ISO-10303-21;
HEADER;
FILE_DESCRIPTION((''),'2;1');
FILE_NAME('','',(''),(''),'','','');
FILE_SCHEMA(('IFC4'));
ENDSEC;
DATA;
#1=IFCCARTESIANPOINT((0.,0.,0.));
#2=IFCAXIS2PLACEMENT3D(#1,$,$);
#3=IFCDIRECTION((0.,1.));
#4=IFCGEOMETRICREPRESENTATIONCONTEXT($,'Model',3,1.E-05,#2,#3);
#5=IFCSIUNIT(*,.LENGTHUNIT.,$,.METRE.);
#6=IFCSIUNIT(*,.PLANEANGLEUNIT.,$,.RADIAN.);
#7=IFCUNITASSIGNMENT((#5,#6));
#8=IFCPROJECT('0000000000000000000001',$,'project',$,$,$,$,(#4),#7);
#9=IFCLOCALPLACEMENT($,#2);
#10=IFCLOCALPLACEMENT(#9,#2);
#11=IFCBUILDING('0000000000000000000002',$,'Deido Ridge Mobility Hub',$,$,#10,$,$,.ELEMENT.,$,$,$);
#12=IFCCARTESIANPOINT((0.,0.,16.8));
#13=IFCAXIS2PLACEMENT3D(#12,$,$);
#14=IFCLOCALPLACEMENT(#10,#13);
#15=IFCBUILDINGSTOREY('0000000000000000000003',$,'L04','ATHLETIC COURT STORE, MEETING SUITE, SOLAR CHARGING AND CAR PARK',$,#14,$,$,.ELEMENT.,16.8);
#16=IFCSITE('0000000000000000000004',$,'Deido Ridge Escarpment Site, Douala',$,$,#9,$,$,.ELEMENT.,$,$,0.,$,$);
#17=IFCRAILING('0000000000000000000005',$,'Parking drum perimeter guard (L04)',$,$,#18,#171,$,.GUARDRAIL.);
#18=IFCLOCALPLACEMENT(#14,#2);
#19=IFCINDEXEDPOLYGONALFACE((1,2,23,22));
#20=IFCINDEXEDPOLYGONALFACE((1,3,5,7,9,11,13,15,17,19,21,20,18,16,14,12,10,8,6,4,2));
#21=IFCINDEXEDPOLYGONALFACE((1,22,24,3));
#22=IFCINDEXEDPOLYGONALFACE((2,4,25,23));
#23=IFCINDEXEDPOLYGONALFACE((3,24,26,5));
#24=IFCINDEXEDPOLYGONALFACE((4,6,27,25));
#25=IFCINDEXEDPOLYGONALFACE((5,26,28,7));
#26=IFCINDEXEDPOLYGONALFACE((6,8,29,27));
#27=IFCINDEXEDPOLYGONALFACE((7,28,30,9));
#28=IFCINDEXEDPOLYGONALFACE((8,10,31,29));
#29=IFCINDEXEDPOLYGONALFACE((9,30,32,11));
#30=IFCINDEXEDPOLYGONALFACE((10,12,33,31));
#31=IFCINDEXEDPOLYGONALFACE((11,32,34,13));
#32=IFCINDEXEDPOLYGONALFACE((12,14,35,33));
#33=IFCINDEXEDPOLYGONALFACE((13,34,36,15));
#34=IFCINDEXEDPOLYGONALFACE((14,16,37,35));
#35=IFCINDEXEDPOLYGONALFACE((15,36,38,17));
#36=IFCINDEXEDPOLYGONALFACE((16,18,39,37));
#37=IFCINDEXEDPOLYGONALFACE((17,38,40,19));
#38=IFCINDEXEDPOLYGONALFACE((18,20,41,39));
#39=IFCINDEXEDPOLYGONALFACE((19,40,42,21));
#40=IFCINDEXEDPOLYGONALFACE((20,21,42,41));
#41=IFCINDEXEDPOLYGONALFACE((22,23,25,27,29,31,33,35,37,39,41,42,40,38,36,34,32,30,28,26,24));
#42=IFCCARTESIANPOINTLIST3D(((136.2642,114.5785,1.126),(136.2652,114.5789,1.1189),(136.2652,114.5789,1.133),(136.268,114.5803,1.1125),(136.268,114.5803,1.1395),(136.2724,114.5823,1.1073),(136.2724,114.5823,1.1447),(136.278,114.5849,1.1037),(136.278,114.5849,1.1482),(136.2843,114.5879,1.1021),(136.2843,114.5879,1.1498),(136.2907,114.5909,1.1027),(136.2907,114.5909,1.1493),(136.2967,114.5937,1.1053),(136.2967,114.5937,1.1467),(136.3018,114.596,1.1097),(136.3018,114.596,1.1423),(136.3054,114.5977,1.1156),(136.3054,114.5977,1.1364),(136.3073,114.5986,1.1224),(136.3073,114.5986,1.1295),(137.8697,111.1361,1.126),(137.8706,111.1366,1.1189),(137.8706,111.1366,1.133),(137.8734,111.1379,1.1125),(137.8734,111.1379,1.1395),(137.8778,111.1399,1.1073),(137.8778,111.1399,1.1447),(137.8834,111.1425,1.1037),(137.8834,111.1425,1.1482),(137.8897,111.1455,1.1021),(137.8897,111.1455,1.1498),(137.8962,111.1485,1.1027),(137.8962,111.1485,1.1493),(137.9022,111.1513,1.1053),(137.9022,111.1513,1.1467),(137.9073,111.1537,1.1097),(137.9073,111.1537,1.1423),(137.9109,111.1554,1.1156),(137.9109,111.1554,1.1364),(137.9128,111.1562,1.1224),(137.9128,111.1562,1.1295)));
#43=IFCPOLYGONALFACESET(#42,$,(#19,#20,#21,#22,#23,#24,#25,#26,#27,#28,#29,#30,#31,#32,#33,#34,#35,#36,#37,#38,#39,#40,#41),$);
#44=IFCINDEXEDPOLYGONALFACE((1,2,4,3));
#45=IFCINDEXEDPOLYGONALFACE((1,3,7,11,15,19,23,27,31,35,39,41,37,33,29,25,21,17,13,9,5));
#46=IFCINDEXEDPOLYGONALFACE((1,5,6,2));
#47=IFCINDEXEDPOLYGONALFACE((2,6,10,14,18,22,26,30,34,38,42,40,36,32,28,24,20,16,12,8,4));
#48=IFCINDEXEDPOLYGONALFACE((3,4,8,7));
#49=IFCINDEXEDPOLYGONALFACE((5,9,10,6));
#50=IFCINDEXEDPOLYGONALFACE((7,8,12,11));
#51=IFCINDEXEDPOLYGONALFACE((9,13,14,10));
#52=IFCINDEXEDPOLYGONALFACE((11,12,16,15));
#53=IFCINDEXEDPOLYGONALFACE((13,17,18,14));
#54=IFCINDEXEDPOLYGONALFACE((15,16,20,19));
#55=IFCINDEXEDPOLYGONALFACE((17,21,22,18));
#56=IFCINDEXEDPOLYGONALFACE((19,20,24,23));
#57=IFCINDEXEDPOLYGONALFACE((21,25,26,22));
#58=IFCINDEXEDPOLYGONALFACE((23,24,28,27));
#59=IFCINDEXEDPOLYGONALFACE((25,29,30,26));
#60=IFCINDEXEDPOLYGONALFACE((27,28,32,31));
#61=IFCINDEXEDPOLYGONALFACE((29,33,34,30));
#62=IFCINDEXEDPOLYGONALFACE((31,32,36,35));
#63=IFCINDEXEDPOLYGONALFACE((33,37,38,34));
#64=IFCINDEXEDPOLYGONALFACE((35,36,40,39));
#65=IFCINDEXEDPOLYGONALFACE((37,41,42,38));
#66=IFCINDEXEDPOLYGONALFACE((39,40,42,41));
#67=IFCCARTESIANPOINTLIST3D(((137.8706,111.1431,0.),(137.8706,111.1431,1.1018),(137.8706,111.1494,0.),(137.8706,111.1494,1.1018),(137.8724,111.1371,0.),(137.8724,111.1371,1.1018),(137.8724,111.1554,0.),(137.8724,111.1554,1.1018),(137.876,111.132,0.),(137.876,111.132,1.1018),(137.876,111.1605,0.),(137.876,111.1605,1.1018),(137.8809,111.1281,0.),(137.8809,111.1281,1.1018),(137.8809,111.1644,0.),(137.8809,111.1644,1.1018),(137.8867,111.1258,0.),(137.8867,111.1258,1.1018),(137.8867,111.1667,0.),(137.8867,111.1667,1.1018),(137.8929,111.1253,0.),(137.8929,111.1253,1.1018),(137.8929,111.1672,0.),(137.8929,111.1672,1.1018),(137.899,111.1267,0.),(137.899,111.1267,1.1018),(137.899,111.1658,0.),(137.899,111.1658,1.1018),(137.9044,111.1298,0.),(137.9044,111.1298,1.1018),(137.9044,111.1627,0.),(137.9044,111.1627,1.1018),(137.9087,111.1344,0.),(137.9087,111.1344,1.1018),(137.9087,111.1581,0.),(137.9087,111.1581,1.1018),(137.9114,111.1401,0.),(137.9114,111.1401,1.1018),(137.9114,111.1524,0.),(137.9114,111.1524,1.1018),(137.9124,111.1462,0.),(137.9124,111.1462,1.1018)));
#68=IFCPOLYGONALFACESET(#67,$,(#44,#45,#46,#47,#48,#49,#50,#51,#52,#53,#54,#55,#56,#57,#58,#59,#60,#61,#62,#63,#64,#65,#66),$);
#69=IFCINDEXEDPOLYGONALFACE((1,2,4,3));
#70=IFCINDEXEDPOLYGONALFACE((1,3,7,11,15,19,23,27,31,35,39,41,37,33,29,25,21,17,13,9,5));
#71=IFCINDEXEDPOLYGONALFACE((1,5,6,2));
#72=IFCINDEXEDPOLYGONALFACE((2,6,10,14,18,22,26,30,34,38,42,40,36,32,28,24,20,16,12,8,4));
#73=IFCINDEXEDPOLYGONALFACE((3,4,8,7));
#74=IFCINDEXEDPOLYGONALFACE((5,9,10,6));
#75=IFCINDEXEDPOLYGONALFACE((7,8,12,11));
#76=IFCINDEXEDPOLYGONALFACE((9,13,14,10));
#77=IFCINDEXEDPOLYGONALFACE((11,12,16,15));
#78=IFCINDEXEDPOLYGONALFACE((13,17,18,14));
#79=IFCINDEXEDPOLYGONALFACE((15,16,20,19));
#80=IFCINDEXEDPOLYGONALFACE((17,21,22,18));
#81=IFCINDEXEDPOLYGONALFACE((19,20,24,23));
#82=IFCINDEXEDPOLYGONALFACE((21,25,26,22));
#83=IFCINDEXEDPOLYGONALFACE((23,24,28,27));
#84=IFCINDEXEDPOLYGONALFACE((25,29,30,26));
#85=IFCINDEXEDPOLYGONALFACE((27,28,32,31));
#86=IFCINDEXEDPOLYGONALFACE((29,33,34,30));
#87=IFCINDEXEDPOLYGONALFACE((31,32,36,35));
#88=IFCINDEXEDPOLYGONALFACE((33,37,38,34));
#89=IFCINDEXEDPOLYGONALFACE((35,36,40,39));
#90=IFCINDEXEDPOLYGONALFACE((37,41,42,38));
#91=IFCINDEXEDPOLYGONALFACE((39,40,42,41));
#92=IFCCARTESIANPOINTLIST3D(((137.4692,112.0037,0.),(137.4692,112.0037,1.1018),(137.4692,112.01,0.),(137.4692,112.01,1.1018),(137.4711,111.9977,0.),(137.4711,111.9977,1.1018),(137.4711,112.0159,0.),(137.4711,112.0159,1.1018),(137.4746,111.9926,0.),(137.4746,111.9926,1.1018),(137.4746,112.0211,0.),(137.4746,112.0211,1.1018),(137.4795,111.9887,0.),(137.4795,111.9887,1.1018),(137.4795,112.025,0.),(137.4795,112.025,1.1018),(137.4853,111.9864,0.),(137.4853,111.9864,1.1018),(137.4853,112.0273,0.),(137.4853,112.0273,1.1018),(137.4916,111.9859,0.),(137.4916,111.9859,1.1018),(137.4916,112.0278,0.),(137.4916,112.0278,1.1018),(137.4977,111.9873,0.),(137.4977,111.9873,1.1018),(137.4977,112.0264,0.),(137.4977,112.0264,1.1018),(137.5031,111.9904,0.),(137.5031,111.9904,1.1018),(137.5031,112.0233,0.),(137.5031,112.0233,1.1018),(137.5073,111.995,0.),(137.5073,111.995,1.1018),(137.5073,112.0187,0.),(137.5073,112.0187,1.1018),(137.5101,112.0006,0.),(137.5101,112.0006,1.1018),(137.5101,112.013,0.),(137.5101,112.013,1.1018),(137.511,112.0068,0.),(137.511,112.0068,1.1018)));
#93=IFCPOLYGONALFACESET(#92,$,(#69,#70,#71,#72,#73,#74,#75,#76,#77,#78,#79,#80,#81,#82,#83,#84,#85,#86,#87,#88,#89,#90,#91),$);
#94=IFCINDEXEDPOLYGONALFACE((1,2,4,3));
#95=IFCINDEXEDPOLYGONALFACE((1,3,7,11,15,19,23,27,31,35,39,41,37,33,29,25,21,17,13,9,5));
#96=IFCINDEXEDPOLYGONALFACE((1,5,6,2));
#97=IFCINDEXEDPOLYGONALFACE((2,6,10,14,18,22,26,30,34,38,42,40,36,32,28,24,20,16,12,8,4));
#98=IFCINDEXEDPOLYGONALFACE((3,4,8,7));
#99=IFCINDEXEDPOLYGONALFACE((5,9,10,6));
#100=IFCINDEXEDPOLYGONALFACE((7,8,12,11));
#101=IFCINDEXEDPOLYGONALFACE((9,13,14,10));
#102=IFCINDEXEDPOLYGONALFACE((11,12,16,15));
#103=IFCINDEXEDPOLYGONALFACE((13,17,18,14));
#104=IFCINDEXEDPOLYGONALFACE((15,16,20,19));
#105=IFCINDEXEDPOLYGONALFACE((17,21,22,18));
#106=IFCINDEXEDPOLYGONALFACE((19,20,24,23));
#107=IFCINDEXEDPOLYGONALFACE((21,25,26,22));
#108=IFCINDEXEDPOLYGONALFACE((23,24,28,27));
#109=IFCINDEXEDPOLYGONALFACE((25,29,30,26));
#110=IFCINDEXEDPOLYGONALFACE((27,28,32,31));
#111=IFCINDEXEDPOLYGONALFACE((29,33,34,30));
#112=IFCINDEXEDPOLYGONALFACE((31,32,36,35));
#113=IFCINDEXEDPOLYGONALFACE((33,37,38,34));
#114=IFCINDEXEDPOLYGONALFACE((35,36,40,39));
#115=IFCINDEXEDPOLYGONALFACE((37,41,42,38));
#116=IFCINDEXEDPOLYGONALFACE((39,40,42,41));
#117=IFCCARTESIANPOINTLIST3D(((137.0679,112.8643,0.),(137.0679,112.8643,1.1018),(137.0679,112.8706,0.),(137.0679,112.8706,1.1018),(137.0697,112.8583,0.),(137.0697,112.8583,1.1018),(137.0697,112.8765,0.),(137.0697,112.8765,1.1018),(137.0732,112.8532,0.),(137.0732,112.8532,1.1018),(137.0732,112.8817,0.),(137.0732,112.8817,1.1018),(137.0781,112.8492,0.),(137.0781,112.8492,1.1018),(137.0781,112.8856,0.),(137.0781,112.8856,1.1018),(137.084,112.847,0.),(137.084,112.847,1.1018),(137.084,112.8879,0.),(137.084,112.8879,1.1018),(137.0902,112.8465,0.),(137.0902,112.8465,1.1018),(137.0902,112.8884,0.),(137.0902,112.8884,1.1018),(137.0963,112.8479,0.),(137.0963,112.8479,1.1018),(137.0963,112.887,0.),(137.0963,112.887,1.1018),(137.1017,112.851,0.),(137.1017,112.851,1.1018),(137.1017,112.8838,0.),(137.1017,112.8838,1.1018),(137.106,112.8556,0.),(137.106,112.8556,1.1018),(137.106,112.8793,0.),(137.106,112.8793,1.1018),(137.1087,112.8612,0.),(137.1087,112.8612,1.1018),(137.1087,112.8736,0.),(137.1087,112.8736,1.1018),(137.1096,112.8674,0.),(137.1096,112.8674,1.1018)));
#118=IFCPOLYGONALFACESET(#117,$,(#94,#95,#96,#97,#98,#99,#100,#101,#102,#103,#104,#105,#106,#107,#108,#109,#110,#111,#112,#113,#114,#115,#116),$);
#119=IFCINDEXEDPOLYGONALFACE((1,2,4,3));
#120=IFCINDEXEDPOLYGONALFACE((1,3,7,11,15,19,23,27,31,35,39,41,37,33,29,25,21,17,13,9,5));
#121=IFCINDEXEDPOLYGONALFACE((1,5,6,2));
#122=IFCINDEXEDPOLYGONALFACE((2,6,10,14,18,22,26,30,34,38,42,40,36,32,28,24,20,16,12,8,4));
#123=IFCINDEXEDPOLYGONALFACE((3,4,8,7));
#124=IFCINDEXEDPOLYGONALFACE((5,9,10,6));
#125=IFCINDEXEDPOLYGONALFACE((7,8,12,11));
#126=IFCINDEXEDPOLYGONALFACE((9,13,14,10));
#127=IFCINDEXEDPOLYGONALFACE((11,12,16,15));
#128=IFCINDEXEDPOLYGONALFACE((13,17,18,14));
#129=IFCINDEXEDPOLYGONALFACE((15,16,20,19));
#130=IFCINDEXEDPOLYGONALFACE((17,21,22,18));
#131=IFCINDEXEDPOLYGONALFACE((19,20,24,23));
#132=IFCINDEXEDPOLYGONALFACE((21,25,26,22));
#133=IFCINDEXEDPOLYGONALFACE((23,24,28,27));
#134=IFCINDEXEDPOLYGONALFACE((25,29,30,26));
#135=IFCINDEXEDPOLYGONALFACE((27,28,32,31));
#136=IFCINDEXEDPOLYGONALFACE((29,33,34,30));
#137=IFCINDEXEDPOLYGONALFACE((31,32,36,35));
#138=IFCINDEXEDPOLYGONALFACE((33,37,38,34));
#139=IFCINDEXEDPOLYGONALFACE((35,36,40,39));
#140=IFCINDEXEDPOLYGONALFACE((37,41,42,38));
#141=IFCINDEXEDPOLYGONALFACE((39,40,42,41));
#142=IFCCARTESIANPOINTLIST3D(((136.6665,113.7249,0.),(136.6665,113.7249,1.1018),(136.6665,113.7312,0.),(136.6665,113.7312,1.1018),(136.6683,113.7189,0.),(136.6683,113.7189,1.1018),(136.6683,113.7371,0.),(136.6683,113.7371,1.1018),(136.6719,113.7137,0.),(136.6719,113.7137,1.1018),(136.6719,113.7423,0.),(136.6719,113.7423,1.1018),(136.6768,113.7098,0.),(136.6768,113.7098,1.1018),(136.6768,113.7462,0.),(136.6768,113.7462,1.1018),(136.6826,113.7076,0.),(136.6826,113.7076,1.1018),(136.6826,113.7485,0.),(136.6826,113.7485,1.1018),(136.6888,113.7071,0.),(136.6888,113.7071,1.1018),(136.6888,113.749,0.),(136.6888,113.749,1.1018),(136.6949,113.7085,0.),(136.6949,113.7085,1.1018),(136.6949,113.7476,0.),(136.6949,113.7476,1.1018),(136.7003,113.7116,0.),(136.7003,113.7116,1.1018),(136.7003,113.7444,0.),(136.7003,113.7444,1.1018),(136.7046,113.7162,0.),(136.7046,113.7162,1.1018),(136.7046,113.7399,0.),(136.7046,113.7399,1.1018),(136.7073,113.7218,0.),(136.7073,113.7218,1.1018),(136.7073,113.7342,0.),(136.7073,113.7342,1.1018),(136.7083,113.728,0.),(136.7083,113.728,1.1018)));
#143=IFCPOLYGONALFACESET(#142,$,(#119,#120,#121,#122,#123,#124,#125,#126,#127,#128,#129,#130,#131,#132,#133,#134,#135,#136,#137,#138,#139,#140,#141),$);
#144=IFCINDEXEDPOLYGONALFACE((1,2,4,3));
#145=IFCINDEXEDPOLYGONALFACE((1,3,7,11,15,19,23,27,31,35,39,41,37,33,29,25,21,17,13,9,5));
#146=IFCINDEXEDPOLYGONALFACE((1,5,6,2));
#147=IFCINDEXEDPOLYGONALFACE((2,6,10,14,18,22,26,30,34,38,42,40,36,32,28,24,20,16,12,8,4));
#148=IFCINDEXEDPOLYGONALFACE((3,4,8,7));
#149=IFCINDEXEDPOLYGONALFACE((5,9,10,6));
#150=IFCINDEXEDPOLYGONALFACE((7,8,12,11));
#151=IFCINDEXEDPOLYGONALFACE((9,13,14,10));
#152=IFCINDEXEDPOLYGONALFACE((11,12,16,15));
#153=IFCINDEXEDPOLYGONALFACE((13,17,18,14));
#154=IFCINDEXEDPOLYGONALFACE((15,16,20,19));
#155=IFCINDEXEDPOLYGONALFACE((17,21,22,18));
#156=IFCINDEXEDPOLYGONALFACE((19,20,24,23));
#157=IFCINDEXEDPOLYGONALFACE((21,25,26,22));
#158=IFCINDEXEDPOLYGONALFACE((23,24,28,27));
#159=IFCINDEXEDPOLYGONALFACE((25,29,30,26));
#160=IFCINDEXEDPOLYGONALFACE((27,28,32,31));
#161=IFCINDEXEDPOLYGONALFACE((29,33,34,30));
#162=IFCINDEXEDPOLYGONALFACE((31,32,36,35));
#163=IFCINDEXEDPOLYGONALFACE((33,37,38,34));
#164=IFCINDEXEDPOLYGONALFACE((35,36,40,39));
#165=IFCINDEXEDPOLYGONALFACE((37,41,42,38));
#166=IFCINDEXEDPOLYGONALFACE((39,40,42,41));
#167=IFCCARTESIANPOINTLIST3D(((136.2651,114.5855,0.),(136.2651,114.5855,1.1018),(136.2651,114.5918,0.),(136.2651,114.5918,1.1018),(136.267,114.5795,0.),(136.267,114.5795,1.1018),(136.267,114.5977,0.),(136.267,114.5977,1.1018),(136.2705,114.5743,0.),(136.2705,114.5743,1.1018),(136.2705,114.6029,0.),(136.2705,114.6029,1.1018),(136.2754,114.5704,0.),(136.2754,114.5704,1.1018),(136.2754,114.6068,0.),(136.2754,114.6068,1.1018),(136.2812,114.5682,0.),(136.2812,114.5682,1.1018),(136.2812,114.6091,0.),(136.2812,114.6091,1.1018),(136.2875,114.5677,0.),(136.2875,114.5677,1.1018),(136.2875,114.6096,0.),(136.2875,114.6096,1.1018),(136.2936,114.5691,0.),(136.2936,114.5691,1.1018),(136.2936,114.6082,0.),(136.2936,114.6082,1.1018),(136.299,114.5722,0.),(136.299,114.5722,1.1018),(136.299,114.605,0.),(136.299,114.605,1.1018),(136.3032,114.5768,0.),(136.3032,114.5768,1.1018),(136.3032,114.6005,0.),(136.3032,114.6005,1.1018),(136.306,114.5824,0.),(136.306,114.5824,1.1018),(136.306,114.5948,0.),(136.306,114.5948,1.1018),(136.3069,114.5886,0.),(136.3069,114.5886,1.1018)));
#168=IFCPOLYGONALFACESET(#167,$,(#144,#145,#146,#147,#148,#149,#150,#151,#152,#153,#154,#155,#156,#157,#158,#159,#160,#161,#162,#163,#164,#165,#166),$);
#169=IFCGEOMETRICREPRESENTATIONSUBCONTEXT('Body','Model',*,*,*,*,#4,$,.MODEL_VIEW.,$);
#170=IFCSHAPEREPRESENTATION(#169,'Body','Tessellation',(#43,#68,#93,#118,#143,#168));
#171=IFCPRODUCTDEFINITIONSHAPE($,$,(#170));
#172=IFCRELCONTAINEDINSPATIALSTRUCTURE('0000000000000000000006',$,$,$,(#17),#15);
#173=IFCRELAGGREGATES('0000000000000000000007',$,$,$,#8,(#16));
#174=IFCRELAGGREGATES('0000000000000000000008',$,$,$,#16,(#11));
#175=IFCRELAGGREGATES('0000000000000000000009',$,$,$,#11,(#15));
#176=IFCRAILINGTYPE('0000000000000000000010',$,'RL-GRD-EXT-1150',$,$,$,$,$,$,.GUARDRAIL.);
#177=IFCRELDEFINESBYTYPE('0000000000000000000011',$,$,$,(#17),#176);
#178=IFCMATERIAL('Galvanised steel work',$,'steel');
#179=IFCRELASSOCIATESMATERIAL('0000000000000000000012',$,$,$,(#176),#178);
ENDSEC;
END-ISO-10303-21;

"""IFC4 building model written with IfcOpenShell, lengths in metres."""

from ifc_helpers import new_model, si_unit, direction, frame, origin, origin_2d, place, context, subcontext, project, spatial, circle, extrude, material, type_object, element, save


model = new_model("IFC4")

# Units and contexts
model_context = context("Model", 3, precision=1e-05, world=origin(), true_north=direction((0.0, 1.0)))
body_context = subcontext(model_context, "Body", "Model", "MODEL_VIEW")
ifc_project = project(units=[si_unit("LENGTHUNIT", "METRE"), si_unit("PLANEANGLEUNIT", "RADIAN")], contexts=[model_context])

# Site, building, storey
site_placement = place(None, origin())
site = spatial("IfcSite", under=ifc_project, at=site_placement, Name="Deido Ridge Escarpment Site, Douala", CompositionType="ELEMENT", RefElevation=0.0)
building_placement = place(site_placement, origin())
building = spatial("IfcBuilding", under=site, at=building_placement, Name="Deido Ridge Mobility Hub", CompositionType="ELEMENT")
storey_placement = place(building_placement, frame((0.0, 0.0, 16.8)))
storey = spatial("IfcBuildingStorey", under=building, at=storey_placement, Name="L04", Description="ATHLETIC COURT STORE, MEETING SUITE, SOLAR CHARGING AND CAR PARK", CompositionType="ELEMENT", Elevation=16.8)

# Railing
ifc_material_1 = material(Name="Galvanised steel work", Category="steel")
railing_type = type_object("IfcRailingType", Name="RL-GRD-EXT-1150", PredefinedType="GUARDRAIL", material=ifc_material_1)
railing_1_placement = place(storey_placement, frame((137.8914, 111.1462, 0.0)))
element("IfcRailing", 1, at=railing_1_placement, inside=storey, type_object=railing_type, Name="Parking drum perimeter guard (L04)", PredefinedType="GUARDRAIL", context=body_context, shape_type="SweptSolid", body=[
    extrude(circle(Radius=0.0239, at=origin_2d()), frame((0.0, 0.0, 1.126), z_axis=(-0.422674, 0.906282, 0.0), x_axis=(-0.906282, -0.422674, 0.0)), (0.0, 0.0, 1.0), 3.7983),
    extrude(circle(Radius=0.021, at=origin_2d()), origin(), (0.0, 0.0, 1.0), 1.1018),
    extrude(circle(Radius=0.021, at=origin_2d()), frame((-0.4014, 0.8606, 0.0)), (0.0, 0.0, 1.0), 1.1018),
    extrude(circle(Radius=0.021, at=origin_2d()), frame((-0.8027, 1.7212, 0.0)), (0.0, 0.0, 1.0), 1.1018),
    extrude(circle(Radius=0.021, at=origin_2d()), frame((-1.2041, 2.5818, 0.0)), (0.0, 0.0, 1.0), 1.1018),
    extrude(circle(Radius=0.021, at=origin_2d()), frame((-1.6055, 3.4424, 0.0)), (0.0, 0.0, 1.0), 1.1018),
])

save(model, "model.ifc")
